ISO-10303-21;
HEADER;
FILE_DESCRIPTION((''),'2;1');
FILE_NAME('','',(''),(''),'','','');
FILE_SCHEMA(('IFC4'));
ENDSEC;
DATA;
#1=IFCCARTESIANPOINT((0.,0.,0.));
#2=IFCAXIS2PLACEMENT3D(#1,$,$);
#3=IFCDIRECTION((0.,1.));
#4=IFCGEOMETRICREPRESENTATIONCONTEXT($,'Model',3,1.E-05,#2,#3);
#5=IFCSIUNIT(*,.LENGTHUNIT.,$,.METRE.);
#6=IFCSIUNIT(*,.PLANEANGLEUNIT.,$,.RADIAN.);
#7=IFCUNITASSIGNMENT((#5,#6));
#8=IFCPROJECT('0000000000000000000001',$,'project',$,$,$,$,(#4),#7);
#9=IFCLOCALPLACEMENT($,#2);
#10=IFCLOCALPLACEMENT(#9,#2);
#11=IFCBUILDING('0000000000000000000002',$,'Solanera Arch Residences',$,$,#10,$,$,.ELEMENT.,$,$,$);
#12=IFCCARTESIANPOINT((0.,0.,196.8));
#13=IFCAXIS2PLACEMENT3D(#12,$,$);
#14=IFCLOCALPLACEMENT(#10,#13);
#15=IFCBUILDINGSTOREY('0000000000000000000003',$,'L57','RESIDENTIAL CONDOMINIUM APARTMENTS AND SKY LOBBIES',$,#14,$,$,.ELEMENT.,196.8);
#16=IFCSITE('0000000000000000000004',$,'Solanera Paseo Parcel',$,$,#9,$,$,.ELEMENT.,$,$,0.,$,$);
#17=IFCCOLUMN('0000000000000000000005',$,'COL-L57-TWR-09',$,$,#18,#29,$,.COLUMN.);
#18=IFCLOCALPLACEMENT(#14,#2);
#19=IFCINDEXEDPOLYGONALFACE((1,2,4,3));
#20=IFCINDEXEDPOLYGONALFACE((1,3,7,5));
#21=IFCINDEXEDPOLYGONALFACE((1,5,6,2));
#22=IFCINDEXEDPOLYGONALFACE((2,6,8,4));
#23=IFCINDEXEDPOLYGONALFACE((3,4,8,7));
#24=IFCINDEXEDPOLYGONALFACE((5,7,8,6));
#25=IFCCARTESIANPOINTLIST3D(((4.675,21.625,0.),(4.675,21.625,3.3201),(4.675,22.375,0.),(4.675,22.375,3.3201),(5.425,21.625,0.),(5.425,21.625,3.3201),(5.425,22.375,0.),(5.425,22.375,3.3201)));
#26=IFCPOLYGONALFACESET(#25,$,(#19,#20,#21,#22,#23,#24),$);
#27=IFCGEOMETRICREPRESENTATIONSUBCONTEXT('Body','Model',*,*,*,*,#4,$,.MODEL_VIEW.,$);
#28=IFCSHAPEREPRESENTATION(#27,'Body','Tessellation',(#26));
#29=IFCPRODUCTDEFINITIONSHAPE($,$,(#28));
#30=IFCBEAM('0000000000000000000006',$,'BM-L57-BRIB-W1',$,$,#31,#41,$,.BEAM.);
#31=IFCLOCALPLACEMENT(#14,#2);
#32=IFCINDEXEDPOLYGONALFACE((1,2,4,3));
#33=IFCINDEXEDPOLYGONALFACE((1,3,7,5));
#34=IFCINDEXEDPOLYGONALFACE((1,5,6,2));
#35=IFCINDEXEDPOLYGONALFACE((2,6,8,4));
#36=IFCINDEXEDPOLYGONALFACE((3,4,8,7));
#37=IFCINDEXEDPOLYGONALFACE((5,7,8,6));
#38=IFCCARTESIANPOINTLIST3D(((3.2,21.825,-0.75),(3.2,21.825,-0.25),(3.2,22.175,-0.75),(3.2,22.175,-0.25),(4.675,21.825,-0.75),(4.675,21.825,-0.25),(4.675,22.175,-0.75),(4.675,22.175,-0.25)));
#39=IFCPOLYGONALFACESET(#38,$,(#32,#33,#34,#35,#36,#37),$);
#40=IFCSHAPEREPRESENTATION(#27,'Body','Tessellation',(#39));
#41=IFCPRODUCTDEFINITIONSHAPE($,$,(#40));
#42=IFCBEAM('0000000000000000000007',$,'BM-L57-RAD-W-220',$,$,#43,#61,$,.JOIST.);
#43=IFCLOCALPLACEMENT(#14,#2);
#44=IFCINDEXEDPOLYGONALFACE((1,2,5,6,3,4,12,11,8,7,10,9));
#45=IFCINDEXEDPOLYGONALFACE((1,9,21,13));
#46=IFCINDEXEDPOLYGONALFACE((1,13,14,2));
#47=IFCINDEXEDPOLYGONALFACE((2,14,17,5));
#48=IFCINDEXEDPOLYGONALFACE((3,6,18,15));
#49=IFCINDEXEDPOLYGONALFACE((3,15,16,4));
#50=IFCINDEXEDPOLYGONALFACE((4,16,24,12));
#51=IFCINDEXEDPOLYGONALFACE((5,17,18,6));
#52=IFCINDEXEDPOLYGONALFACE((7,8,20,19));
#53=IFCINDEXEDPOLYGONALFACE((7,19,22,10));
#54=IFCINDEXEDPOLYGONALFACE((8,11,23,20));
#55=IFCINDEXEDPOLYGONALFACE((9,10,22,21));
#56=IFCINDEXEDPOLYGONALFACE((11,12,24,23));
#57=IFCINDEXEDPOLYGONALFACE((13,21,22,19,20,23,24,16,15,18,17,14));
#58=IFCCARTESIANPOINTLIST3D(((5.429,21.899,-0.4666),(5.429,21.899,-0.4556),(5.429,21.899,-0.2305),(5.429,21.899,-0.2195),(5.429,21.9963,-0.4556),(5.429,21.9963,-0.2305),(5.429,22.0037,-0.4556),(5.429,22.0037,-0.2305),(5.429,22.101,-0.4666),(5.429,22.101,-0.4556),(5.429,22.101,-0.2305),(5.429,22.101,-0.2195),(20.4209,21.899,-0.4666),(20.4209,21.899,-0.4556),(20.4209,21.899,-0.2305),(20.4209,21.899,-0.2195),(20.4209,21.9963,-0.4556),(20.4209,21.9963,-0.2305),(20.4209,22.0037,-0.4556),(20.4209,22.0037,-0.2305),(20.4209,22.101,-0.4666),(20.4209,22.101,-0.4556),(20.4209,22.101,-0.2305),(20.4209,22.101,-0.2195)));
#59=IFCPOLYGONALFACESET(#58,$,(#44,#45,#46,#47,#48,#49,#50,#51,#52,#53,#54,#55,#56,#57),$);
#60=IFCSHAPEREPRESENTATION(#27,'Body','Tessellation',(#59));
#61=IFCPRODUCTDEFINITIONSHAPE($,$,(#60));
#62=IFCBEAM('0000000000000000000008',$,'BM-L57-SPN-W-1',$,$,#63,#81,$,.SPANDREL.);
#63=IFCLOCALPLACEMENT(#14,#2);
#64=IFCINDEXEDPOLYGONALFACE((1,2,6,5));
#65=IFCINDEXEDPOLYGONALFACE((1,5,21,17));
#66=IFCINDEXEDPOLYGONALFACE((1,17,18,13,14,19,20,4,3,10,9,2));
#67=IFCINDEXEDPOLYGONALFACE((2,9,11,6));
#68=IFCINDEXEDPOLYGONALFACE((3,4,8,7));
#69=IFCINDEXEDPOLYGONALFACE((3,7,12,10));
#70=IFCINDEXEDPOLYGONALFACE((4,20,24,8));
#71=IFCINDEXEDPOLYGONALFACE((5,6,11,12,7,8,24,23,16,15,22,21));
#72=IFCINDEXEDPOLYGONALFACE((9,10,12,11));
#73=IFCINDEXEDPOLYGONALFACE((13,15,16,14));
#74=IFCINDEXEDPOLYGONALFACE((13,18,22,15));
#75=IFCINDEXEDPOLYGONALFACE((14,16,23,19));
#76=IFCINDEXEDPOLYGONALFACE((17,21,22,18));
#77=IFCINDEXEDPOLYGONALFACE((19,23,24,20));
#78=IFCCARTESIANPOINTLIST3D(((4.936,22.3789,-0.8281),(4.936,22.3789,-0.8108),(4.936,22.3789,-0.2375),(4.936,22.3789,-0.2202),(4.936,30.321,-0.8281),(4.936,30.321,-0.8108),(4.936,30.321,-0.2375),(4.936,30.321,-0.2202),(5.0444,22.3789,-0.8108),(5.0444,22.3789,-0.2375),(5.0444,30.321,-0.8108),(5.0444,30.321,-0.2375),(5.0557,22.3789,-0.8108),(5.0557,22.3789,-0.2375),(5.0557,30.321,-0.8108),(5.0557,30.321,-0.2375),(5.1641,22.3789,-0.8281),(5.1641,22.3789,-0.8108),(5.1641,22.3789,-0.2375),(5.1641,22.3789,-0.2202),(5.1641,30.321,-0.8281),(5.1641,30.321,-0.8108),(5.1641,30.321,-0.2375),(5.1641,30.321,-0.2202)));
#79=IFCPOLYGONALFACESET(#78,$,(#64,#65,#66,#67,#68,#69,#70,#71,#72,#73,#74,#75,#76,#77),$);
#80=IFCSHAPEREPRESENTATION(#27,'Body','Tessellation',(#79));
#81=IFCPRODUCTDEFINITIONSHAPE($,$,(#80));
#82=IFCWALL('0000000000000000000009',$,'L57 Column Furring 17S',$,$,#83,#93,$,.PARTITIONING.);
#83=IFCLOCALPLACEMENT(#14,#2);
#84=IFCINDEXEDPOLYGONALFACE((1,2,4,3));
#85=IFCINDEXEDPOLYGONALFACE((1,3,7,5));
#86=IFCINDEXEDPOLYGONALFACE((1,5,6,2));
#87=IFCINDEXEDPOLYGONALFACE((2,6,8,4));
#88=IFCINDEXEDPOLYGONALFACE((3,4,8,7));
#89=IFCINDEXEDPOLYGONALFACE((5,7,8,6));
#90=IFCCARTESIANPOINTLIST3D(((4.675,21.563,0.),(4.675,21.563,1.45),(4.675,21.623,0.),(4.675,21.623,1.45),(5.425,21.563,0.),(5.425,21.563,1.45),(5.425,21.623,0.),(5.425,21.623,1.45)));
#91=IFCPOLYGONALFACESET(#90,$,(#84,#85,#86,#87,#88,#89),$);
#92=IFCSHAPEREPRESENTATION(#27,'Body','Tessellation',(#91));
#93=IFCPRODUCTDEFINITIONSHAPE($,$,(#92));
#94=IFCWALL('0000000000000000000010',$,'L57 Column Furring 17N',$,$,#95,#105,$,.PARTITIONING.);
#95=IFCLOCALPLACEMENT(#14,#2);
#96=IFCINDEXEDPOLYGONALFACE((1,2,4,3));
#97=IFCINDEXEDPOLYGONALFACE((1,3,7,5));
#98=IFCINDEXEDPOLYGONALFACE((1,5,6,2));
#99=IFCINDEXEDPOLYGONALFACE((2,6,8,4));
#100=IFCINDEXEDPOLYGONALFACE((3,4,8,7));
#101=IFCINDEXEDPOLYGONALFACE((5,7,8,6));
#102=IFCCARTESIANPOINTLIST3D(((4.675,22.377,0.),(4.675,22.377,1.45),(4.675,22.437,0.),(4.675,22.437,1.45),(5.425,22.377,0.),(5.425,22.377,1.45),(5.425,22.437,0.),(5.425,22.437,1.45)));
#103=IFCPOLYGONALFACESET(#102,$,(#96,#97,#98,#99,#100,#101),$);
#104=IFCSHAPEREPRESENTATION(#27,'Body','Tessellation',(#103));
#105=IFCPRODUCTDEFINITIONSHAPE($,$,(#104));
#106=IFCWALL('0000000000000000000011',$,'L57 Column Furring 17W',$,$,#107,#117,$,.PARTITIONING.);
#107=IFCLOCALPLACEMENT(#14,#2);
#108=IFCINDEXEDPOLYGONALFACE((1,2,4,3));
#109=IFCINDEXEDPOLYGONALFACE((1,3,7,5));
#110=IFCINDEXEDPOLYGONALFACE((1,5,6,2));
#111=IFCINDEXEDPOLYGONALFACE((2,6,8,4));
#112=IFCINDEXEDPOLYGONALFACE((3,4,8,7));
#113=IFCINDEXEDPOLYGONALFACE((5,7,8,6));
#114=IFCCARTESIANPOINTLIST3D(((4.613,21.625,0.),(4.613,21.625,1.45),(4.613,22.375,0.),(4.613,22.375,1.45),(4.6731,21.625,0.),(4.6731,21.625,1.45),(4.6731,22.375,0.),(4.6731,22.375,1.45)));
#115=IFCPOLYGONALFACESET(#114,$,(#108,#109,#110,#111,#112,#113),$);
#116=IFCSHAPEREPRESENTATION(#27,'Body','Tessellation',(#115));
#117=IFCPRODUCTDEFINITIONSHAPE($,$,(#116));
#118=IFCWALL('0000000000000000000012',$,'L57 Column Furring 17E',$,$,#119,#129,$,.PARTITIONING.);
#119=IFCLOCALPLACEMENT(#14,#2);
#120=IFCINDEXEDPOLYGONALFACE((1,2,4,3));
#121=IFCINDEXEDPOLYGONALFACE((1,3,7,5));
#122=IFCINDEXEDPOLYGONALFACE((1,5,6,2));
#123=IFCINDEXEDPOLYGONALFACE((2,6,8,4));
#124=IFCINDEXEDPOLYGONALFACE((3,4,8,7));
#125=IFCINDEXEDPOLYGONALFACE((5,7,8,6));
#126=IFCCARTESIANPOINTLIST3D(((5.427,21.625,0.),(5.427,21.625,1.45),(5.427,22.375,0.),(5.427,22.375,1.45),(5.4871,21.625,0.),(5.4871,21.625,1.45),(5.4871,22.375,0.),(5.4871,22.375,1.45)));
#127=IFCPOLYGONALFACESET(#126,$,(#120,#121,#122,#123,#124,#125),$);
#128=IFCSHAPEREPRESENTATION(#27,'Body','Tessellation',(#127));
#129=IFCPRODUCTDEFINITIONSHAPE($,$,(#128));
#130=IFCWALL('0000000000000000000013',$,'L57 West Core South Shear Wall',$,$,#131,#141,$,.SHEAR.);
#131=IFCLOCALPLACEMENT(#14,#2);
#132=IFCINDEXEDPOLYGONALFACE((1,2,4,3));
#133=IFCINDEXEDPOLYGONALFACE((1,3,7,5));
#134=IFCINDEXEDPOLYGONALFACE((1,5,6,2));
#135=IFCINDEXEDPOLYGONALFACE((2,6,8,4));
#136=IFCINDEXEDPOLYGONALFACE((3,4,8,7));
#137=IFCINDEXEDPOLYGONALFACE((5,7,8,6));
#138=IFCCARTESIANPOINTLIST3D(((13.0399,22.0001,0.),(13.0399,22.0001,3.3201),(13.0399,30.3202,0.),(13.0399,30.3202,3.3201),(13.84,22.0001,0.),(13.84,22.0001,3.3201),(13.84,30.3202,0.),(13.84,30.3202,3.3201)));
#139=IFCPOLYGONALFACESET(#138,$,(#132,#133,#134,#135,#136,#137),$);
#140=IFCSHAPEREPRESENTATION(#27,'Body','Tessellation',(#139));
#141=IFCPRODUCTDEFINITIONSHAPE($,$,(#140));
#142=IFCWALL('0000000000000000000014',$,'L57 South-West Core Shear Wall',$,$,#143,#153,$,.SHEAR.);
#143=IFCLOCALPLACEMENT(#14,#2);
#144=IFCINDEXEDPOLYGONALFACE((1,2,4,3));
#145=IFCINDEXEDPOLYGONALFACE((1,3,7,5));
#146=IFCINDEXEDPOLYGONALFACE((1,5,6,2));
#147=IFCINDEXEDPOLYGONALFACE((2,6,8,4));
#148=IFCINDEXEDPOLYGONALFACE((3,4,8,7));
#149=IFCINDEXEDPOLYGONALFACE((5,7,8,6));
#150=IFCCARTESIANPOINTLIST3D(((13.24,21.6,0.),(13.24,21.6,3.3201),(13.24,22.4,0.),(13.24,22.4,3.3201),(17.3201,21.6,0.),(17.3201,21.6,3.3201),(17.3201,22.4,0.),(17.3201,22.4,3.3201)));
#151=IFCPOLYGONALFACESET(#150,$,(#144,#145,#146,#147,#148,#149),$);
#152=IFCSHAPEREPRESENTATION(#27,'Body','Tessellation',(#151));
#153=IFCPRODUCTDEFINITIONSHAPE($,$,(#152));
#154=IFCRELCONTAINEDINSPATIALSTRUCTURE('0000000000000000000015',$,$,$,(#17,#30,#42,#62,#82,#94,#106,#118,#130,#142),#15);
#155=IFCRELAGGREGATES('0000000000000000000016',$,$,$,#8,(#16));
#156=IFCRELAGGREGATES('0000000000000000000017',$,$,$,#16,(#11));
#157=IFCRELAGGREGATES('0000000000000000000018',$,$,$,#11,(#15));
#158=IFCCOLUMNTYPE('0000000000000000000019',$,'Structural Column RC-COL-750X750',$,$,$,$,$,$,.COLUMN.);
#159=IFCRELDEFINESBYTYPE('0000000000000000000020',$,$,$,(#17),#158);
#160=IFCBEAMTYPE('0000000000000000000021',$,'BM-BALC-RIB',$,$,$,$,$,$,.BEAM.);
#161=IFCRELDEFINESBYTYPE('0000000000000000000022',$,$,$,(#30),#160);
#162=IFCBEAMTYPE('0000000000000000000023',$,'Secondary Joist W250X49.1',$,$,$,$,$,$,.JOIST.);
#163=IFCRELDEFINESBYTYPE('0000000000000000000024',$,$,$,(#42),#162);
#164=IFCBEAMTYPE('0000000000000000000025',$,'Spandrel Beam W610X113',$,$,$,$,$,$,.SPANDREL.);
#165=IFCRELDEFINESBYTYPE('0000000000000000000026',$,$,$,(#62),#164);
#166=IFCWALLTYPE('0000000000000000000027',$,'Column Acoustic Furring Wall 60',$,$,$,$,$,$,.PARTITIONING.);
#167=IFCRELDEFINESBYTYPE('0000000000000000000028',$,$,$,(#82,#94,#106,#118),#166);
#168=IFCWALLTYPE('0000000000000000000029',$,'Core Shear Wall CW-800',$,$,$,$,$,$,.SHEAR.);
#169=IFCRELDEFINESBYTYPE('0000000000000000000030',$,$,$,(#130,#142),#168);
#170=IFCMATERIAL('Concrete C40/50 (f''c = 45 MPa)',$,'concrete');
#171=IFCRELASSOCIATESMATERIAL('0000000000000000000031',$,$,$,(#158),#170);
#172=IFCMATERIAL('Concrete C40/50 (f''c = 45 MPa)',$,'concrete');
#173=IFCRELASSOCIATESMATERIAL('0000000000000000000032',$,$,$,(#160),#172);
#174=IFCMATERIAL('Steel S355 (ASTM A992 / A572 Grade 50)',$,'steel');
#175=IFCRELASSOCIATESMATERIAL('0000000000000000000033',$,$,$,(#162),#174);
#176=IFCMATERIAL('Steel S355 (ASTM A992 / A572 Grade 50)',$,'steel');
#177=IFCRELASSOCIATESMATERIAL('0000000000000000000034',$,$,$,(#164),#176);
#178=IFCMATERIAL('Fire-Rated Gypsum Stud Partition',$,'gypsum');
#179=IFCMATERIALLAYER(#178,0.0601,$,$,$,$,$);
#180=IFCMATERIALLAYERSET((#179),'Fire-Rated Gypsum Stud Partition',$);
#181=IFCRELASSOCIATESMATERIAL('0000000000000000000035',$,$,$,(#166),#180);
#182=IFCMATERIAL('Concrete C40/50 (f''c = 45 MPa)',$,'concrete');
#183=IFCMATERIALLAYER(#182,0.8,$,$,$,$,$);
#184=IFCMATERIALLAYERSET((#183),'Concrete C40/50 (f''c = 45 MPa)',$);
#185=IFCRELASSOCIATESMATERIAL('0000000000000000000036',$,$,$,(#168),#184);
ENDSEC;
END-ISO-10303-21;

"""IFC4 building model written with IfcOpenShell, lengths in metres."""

from ifc_helpers import new_model, si_unit, direction, frame, frame_2d, origin, origin_2d, place, context, subcontext, project, spatial, rectangle, i_section, extrude, material, layer, layer_set, material_profile, profile_set, type_object, element, save


model = new_model("IFC4")

# Units and contexts
model_context = context("Model", 3, precision=1e-05, world=origin(), true_north=direction((0.0, 1.0)))
body_context = subcontext(model_context, "Body", "Model", "MODEL_VIEW")
ifc_project = project(units=[si_unit("LENGTHUNIT", "METRE"), si_unit("PLANEANGLEUNIT", "RADIAN")], contexts=[model_context])

# Site, building, storey
site_placement = place(None, origin())
site = spatial("IfcSite", under=ifc_project, at=site_placement, Name="Solanera Paseo Parcel", CompositionType="ELEMENT", RefElevation=0.0)
building_placement = place(site_placement, origin())
building = spatial("IfcBuilding", under=site, at=building_placement, Name="Solanera Arch Residences", CompositionType="ELEMENT")
storey_placement = place(building_placement, frame((0.0, 0.0, 196.8)))
storey = spatial("IfcBuildingStorey", under=building, at=storey_placement, Name="L57", Description="RESIDENTIAL CONDOMINIUM APARTMENTS AND SKY LOBBIES", CompositionType="ELEMENT", Elevation=196.8)

# Column
ifc_material_1 = material(Name="Concrete C40/50 (f'c = 45 MPa)", Category="concrete")
ifc_material_profile_1 = material_profile(ifc_material_1, rectangle(XDim=0.75, YDim=0.75, at=origin_2d()))
ifc_profile_set_1 = profile_set([ifc_material_profile_1], Name="Concrete C40/50 (f'c = 45 MPa)")
column_type = type_object("IfcColumnType", Name="Structural Column RC-COL-750X750", PredefinedType="COLUMN", material=ifc_profile_set_1)
column_placement = place(storey_placement, frame((5.05, 22.0, 0.0), z_axis=(0.0, 0.0, 1.0), x_axis=(1.0, 0.0, 0.0)))
element("IfcColumn", 1, at=column_placement, inside=storey, type_object=column_type, Name="COL-L57-TWR-09", PredefinedType="COLUMN", context=body_context, shape_type="SweptSolid", body=[
    extrude(rectangle(XDim=0.75, YDim=0.75, at=origin_2d()), origin(), (0.0, 0.0, 1.0), 3.3201),
])

# Beams
ifc_material_2 = material(Name="Concrete C40/50 (f'c = 45 MPa)", Category="concrete")
ifc_material_profile_2 = material_profile(ifc_material_2, rectangle(XDim=0.3501, YDim=0.5, at=origin_2d()))
ifc_profile_set_2 = profile_set([ifc_material_profile_2], Name="Concrete C40/50 (f'c = 45 MPa)")
beam_type_1 = type_object("IfcBeamType", Name="BM-BALC-RIB", PredefinedType="BEAM", material=ifc_profile_set_2)
beam_1_placement = place(storey_placement, frame((3.2, 22.0, -0.5), z_axis=(1.0, 0.0, 0.0), x_axis=(0.0, 1.0, 0.0)))
element("IfcBeam", 2, at=beam_1_placement, inside=storey, type_object=beam_type_1, Name="BM-L57-BRIB-W1", PredefinedType="BEAM", context=body_context, shape_type="SweptSolid", body=[
    extrude(rectangle(XDim=0.3501, YDim=0.5, at=origin_2d()), origin(), (0.0, 0.0, 1.0), 1.4751),
])
ifc_material_3 = material(Name="Steel S355 (ASTM A992 / A572 Grade 50)", Category="steel")
ifc_material_profile_3 = material_profile(ifc_material_3, i_section(OverallWidth=0.2019, OverallDepth=0.2471, WebThickness=0.0073, FlangeThickness=0.011, at=origin_2d()))
ifc_profile_set_3 = profile_set([ifc_material_profile_3], Name="Steel S355 (ASTM A992 / A572 Grade 50)")
beam_type_2 = type_object("IfcBeamType", Name="Secondary Joist W250X49.1", PredefinedType="JOIST", material=ifc_profile_set_3)
beam_2_placement = place(storey_placement, frame((5.429, 22.0, -0.343), z_axis=(1.0, 0.0, 0.0), x_axis=(0.0, 1.0, 0.0)))
element("IfcBeam", 3, at=beam_2_placement, inside=storey, type_object=beam_type_2, Name="BM-L57-RAD-W-220", PredefinedType="JOIST", context=body_context, shape_type="SweptSolid", body=[
    extrude(i_section(OverallWidth=0.2019, OverallDepth=0.2471, WebThickness=0.0073, FlangeThickness=0.011, at=origin_2d()), origin(), (0.0, 0.0, 1.0), 14.9919),
])
ifc_material_4 = material(Name="Steel S355 (ASTM A992 / A572 Grade 50)", Category="steel")
ifc_material_profile_4 = material_profile(ifc_material_4, i_section(OverallWidth=0.228, OverallDepth=0.6079, WebThickness=0.0112, FlangeThickness=0.0173, at=origin_2d()))
ifc_profile_set_4 = profile_set([ifc_material_profile_4], Name="Steel S355 (ASTM A992 / A572 Grade 50)")
beam_type_3 = type_object("IfcBeamType", Name="Spandrel Beam W610X113", PredefinedType="SPANDREL", material=ifc_profile_set_4)
beam_3_placement = place(storey_placement, frame((5.05, 22.3789, -0.5242), z_axis=(0.0, 1.0, 0.0), x_axis=(-1.0, 0.0, 0.0)))
element("IfcBeam", 4, at=beam_3_placement, inside=storey, type_object=beam_type_3, Name="BM-L57-SPN-W-1", PredefinedType="SPANDREL", context=body_context, shape_type="SweptSolid", body=[
    extrude(i_section(OverallWidth=0.228, OverallDepth=0.6079, WebThickness=0.0112, FlangeThickness=0.0173, at=origin_2d()), origin(), (0.0, 0.0, 1.0), 7.9421),
])

# Walls
ifc_material_5 = material(Name="Fire-Rated Gypsum Stud Partition", Category="gypsum")
ifc_layer_1 = layer(ifc_material_5, 0.0601)
ifc_layer_set_1 = layer_set([ifc_layer_1], Name="Fire-Rated Gypsum Stud Partition")
wall_type_1 = type_object("IfcWallType", Name="Column Acoustic Furring Wall 60", PredefinedType="PARTITIONING", material=ifc_layer_set_1)
for number, where, z_axis, x_axis, name in (
    (5, (4.675, 21.593, 0.0), (0.0, 0.0, 1.0), (1.0, 0.0, 0.0), "L57 Column Furring 17S"),
    (6, (4.675, 22.407, 0.0), (0.0, 0.0, 1.0), (1.0, 0.0, 0.0), "L57 Column Furring 17N"),
    (7, (4.6431, 21.625, 0.0), (0.0, 0.0, 1.0), (0.0, 1.0, 0.0), "L57 Column Furring 17W"),
    (8, (5.457, 21.625, 0.0), (0.0, 0.0, 1.0), (0.0, 1.0, 0.0), "L57 Column Furring 17E"),
):
    element("IfcWall", number, at=place(storey_placement, frame(where, z_axis=z_axis, x_axis=x_axis)), inside=storey, type_object=wall_type_1, Name=name, PredefinedType="PARTITIONING", context=body_context, shape_type="SweptSolid", body=[
        extrude(rectangle(XDim=0.75, YDim=0.0601, at=frame_2d((0.375, 0.0))), origin(), (0.0, 0.0, 1.0), 1.45),
    ])
ifc_material_6 = material(Name="Concrete C40/50 (f'c = 45 MPa)", Category="concrete")
ifc_layer_2 = layer(ifc_material_6, 0.8)
ifc_layer_set_2 = layer_set([ifc_layer_2], Name="Concrete C40/50 (f'c = 45 MPa)")
wall_type_2 = type_object("IfcWallType", Name="Core Shear Wall CW-800", PredefinedType="SHEAR", material=ifc_layer_set_2)
wall_1_placement = place(storey_placement, frame((13.4399, 22.0, 0.0), z_axis=(0.0, 0.0, 1.0), x_axis=(0.0, 1.0, 0.0)))
element("IfcWall", 9, at=wall_1_placement, inside=storey, type_object=wall_type_2, Name="L57 West Core South Shear Wall", PredefinedType="SHEAR", context=body_context, shape_type="SweptSolid", body=[
    extrude(rectangle(XDim=8.3201, YDim=0.8, at=frame_2d((4.1602, 0.0))), origin(), (0.0, 0.0, 1.0), 3.3201),
])
wall_2_placement = place(storey_placement, frame((13.24, 22.0, 0.0), z_axis=(0.0, 0.0, 1.0), x_axis=(1.0, 0.0, 0.0)))
element("IfcWall", 10, at=wall_2_placement, inside=storey, type_object=wall_type_2, Name="L57 South-West Core Shear Wall", PredefinedType="SHEAR", context=body_context, shape_type="SweptSolid", body=[
    extrude(rectangle(XDim=4.0801, YDim=0.8, at=frame_2d((2.04, 0.0))), origin(), (0.0, 0.0, 1.0), 3.3201),
])

save(model, "model.ifc")
